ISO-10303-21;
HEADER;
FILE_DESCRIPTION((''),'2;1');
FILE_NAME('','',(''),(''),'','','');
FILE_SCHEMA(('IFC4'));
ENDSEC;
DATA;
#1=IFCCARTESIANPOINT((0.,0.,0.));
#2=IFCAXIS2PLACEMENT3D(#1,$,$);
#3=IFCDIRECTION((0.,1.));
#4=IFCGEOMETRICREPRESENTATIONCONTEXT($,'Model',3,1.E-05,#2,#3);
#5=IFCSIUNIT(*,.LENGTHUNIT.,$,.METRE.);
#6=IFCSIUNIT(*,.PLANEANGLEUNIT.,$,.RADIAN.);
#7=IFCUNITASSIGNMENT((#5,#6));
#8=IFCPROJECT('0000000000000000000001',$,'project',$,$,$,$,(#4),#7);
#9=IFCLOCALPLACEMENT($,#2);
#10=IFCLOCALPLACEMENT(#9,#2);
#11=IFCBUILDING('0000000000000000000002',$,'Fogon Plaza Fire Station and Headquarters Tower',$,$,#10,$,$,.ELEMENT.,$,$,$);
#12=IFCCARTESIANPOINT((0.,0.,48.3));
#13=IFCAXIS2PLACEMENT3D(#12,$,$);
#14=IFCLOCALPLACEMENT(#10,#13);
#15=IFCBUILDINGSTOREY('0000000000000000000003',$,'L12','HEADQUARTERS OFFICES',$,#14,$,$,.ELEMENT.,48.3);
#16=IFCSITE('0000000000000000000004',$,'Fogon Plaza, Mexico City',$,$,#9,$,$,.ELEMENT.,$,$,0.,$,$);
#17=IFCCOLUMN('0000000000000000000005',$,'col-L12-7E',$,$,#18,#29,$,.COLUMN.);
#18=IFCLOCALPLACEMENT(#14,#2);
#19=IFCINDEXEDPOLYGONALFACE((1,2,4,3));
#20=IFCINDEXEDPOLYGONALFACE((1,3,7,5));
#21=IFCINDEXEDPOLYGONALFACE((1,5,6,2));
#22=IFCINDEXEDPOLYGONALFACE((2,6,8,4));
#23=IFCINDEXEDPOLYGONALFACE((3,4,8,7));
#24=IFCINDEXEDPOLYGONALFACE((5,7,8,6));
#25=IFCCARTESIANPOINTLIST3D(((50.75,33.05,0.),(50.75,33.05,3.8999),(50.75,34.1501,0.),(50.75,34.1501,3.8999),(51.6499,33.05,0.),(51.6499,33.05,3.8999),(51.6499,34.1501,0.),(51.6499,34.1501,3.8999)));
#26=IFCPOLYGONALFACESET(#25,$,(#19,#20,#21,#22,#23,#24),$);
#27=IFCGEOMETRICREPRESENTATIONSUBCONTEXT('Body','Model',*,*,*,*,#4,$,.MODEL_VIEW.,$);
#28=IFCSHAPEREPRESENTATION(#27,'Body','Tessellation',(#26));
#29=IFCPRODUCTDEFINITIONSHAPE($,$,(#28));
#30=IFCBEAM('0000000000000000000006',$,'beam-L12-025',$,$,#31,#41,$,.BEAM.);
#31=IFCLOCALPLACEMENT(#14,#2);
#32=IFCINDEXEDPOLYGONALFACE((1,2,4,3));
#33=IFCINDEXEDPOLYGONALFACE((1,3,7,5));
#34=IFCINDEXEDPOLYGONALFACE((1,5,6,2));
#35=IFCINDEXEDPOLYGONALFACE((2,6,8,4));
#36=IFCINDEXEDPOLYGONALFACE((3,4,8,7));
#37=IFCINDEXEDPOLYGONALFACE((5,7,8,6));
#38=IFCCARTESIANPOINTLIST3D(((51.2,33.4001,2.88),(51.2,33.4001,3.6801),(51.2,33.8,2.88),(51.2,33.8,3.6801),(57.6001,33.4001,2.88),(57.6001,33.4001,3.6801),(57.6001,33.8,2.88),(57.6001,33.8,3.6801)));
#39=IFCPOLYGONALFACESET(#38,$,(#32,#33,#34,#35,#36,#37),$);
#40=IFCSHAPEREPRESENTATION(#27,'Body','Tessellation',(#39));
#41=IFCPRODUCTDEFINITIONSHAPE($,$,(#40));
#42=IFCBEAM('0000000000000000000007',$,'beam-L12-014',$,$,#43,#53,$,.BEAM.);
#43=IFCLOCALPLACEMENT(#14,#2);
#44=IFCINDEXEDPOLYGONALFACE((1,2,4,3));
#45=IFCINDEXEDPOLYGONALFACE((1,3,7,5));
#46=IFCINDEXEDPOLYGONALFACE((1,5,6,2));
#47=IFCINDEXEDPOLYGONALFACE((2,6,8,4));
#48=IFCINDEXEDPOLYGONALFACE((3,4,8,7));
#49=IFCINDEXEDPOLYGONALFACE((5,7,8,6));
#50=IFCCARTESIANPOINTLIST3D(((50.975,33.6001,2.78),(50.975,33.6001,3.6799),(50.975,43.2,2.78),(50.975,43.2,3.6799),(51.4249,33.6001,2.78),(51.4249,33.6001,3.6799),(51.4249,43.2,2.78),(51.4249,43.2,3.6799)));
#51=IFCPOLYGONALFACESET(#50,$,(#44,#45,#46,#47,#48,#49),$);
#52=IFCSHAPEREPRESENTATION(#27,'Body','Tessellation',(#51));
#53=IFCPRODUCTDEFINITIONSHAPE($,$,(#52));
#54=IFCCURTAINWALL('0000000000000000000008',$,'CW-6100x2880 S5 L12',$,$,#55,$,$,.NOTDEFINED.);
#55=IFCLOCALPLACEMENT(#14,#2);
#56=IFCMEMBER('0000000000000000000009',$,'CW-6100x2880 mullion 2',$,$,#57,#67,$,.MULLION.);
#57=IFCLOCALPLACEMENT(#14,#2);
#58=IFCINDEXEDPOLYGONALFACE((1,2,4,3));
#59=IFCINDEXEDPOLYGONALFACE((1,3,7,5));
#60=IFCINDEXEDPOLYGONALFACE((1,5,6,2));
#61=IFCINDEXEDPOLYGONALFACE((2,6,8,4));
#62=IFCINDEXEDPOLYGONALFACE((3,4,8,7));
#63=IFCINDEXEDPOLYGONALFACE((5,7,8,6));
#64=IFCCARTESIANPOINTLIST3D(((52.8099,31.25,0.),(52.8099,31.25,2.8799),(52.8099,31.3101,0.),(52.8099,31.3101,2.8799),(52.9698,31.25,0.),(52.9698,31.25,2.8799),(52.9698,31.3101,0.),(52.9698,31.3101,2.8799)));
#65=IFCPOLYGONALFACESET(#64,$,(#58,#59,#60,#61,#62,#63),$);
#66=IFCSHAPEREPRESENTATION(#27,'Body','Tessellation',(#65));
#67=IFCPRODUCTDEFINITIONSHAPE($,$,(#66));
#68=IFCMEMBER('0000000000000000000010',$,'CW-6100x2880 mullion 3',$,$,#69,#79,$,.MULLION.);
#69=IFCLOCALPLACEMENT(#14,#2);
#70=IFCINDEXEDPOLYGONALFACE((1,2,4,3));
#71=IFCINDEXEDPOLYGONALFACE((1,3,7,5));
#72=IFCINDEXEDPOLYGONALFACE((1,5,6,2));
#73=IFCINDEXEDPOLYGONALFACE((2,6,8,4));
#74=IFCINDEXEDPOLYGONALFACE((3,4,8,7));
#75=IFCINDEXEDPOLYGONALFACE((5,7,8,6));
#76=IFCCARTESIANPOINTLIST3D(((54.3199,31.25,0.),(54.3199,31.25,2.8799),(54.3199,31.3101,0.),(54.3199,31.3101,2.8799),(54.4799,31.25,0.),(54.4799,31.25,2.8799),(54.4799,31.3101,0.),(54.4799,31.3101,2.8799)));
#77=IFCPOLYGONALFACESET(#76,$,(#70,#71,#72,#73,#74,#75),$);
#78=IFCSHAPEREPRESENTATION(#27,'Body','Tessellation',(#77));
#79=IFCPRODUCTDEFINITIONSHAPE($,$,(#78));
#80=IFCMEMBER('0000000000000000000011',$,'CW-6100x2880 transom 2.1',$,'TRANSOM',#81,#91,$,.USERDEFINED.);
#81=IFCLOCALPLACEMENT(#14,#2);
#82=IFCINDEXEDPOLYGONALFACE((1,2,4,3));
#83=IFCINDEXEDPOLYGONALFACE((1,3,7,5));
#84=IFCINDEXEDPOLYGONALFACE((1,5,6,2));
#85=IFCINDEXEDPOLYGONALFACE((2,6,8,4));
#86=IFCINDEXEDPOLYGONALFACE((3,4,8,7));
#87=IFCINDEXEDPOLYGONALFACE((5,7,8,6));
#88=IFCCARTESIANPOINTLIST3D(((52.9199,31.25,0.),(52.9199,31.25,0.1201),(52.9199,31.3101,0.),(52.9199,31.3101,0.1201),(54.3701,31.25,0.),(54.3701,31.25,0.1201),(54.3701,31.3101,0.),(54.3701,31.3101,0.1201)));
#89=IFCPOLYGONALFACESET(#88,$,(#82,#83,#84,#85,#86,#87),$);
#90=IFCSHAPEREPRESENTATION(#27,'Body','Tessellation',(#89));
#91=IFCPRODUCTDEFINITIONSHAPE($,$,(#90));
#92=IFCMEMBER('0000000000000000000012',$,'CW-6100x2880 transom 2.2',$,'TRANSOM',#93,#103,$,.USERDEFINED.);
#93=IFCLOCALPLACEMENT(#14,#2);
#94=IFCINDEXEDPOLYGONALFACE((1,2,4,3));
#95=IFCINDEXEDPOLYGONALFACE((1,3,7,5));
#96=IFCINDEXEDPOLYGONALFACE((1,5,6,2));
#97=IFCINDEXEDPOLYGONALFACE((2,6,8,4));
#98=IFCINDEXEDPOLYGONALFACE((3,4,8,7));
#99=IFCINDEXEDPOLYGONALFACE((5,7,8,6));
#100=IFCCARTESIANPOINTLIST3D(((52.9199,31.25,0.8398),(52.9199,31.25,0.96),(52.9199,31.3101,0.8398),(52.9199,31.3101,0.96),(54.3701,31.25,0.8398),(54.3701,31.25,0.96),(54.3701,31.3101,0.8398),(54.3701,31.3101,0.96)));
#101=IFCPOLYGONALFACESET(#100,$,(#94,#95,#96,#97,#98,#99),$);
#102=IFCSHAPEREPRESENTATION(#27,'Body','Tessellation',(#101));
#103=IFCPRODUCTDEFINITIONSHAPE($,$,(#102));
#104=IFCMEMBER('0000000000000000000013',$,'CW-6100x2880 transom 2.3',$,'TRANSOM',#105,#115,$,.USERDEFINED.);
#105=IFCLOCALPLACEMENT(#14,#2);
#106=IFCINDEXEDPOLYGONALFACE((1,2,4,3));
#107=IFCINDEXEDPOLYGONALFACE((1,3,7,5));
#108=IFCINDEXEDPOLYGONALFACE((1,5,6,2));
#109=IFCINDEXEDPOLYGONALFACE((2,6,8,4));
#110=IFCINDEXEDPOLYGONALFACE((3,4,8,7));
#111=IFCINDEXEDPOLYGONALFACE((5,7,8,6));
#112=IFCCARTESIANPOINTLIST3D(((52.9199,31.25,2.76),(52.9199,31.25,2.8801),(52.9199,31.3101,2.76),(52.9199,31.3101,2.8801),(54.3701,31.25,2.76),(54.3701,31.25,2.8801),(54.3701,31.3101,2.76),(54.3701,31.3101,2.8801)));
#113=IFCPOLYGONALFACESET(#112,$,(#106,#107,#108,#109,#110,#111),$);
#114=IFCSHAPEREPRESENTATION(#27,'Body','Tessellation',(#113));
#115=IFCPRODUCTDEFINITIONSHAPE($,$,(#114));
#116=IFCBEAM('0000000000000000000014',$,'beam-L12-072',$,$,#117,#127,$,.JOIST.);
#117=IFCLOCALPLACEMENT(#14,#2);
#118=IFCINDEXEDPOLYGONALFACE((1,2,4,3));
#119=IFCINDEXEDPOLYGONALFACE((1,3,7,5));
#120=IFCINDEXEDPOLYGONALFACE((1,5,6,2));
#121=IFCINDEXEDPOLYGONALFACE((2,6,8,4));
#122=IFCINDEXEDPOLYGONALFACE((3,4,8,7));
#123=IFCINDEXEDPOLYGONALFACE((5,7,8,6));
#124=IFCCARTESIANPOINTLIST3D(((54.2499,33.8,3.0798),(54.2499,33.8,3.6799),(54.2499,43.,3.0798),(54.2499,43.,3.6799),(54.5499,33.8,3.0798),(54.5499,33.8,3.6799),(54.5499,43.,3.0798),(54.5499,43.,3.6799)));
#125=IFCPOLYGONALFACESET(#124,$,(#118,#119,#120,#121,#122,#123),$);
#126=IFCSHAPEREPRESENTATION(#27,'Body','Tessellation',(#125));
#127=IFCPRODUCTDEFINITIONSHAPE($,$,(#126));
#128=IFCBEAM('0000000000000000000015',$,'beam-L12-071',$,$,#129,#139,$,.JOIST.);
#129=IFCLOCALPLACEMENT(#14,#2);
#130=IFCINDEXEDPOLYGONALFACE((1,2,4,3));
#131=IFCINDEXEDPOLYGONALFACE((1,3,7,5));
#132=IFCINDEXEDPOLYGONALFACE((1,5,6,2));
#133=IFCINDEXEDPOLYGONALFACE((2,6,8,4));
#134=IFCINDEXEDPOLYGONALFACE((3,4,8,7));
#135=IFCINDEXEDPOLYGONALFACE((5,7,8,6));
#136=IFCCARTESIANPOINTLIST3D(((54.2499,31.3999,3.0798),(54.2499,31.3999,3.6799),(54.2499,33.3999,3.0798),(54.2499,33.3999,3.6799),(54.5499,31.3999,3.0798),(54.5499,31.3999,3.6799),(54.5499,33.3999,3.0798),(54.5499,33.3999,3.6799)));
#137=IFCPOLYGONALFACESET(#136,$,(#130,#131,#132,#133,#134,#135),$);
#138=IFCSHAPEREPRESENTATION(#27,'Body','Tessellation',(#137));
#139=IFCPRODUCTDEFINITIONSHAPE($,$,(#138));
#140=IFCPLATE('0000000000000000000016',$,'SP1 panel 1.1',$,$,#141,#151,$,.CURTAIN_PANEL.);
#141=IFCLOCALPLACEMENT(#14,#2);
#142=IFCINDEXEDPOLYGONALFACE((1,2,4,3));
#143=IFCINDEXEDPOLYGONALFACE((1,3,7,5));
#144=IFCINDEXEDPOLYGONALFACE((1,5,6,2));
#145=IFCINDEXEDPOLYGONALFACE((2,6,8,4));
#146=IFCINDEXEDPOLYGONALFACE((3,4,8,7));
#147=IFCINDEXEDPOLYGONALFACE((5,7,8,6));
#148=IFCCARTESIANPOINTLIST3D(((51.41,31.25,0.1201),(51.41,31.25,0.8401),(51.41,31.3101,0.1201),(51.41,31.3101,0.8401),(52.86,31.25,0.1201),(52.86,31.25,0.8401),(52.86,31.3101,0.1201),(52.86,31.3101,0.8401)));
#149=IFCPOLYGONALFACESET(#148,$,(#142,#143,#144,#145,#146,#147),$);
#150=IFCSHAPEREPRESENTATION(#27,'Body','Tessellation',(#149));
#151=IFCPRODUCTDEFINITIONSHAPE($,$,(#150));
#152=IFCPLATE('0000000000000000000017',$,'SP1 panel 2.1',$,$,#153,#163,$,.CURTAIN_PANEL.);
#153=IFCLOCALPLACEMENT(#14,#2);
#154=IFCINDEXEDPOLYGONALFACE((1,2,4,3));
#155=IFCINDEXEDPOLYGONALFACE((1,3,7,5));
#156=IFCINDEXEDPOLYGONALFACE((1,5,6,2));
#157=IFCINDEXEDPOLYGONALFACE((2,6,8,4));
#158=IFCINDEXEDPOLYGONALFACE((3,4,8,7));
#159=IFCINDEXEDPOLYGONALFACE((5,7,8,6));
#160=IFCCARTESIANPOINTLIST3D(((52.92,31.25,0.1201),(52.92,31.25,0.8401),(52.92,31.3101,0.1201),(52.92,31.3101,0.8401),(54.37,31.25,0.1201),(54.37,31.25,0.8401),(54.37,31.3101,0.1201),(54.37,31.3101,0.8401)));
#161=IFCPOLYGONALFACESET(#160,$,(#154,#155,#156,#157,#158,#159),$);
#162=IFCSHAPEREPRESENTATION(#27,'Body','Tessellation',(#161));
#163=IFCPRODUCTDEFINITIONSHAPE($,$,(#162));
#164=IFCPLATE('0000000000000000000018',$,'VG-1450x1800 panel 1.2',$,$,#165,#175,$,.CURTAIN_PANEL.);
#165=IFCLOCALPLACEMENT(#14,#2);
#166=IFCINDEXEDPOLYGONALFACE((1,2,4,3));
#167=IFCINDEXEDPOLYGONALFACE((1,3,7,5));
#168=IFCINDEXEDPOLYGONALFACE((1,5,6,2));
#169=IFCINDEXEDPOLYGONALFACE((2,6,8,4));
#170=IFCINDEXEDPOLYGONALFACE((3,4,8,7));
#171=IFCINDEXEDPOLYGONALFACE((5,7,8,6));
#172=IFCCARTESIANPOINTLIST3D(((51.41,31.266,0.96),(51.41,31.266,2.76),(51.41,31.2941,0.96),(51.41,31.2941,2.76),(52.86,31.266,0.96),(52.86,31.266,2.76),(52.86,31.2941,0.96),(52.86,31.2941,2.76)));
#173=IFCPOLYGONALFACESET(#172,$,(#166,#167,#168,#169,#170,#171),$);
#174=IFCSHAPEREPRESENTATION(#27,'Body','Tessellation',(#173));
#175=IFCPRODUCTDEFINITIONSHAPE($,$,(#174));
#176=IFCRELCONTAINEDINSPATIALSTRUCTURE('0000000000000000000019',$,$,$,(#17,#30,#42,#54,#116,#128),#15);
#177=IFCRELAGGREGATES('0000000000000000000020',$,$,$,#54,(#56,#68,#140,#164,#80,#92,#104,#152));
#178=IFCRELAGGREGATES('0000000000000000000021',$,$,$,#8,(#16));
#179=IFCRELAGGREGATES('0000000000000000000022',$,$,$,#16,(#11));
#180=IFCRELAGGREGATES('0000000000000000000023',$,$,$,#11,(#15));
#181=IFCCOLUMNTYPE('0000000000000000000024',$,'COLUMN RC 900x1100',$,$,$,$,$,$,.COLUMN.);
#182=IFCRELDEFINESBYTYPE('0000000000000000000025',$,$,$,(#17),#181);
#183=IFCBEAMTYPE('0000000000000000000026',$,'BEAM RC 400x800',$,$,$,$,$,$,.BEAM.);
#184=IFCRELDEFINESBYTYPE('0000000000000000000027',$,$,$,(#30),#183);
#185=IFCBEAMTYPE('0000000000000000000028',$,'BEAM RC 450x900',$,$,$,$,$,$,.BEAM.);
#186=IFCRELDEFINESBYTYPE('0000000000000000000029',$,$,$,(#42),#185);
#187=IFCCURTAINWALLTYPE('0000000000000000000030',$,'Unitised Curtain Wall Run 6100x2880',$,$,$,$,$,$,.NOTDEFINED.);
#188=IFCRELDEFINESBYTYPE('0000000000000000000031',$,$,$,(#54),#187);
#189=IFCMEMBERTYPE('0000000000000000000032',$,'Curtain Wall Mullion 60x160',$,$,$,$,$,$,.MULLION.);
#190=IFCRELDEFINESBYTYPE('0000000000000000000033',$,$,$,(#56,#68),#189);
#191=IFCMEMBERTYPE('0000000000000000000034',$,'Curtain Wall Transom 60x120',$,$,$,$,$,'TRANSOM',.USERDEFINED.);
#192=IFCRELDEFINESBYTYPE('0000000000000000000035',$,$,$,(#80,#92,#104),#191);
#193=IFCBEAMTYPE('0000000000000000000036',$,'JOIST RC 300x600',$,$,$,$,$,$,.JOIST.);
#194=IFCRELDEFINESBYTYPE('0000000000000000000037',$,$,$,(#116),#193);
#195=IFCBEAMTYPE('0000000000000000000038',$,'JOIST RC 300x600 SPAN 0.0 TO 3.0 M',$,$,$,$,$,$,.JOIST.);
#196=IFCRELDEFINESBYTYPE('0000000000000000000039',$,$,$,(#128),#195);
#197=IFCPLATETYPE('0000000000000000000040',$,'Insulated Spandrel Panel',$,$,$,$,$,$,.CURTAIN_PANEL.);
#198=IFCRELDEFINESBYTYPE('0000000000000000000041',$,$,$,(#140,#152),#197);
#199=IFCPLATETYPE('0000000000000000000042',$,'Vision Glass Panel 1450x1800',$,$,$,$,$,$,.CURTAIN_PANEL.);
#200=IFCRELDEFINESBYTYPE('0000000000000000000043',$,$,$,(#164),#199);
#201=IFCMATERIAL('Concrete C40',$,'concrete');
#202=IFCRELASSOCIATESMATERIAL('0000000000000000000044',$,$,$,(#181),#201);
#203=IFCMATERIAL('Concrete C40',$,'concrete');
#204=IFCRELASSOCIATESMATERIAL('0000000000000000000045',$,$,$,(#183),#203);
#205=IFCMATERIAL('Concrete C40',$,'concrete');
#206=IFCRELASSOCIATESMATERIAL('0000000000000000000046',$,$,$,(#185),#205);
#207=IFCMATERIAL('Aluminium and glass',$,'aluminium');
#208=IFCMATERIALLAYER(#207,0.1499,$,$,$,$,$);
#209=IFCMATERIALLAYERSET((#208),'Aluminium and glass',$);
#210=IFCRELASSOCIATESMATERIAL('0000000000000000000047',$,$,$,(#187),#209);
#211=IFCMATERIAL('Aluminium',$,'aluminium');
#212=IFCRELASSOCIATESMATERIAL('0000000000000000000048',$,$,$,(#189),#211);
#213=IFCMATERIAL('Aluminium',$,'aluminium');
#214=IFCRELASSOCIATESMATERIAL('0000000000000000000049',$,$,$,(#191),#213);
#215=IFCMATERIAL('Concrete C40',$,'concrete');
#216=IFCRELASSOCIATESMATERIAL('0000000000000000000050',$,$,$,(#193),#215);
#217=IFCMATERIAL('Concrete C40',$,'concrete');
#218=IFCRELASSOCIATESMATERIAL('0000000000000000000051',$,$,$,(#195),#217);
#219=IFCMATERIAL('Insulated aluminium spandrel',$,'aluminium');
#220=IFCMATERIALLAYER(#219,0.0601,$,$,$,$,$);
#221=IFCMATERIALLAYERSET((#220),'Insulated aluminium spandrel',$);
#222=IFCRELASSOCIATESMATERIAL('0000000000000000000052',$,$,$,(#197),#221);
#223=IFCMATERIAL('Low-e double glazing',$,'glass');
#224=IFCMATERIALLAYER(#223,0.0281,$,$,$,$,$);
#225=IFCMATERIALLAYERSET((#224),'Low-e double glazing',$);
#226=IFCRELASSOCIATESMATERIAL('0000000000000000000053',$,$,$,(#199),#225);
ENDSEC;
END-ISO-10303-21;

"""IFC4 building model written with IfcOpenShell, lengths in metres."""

from ifc_helpers import new_model, si_unit, direction, frame, origin, origin_2d, place, context, subcontext, project, spatial, rectangle, extrude, material, layer, layer_set, material_profile, profile_set, type_object, element, aggregate, save


model = new_model("IFC4")

# Units and contexts
model_context = context("Model", 3, precision=1e-05, world=origin(), true_north=direction((0.0, 1.0)))
body_context = subcontext(model_context, "Body", "Model", "MODEL_VIEW")
ifc_project = project(units=[si_unit("LENGTHUNIT", "METRE"), si_unit("PLANEANGLEUNIT", "RADIAN")], contexts=[model_context])

# Site, building, storey
site_placement = place(None, origin())
site = spatial("IfcSite", under=ifc_project, at=site_placement, Name="Fogon Plaza, Mexico City", CompositionType="ELEMENT", RefElevation=0.0)
building_placement = place(site_placement, origin())
building = spatial("IfcBuilding", under=site, at=building_placement, Name="Fogon Plaza Fire Station and Headquarters Tower", CompositionType="ELEMENT")
storey_placement = place(building_placement, frame((0.0, 0.0, 48.3)))
storey = spatial("IfcBuildingStorey", under=building, at=storey_placement, Name="L12", Description="HEADQUARTERS OFFICES", CompositionType="ELEMENT", Elevation=48.3)

# Column
ifc_material_1 = material(Name="Concrete C40", Category="concrete")
ifc_material_profile_1 = material_profile(ifc_material_1, rectangle(XDim=0.8999, YDim=1.1001, at=origin_2d()), Name="RC 900x1100")
ifc_profile_set_1 = profile_set([ifc_material_profile_1], Name="Concrete C40")
column_type = type_object("IfcColumnType", Name="COLUMN RC 900x1100", PredefinedType="COLUMN", material=ifc_profile_set_1)
column_placement = place(storey_placement, frame((51.2, 33.6001, 0.0), z_axis=(0.0, 0.0, 1.0), x_axis=(1.0, 0.0, 0.0)))
element("IfcColumn", 1, at=column_placement, inside=storey, type_object=column_type, Name="col-L12-7E", PredefinedType="COLUMN", context=body_context, shape_type="SweptSolid", body=[
    extrude(rectangle(XDim=0.8999, YDim=1.1001, at=origin_2d()), origin(), (0.0, 0.0, 1.0), 3.8999),
])

# Beams
ifc_material_2 = material(Name="Concrete C40", Category="concrete")
ifc_material_profile_2 = material_profile(ifc_material_2, rectangle(XDim=0.3999, YDim=0.8, at=origin_2d()), Name="RC 400x800")
ifc_profile_set_2 = profile_set([ifc_material_profile_2], Name="Concrete C40")
beam_type_1 = type_object("IfcBeamType", Name="BEAM RC 400x800", PredefinedType="BEAM", material=ifc_profile_set_2)
beam_1_placement = place(storey_placement, frame((51.2, 33.6001, 3.28), z_axis=(1.0, 0.0, 0.0), x_axis=(0.0, 1.0, 0.0)))
element("IfcBeam", 2, at=beam_1_placement, inside=storey, type_object=beam_type_1, Name="beam-L12-025", PredefinedType="BEAM", context=body_context, shape_type="SweptSolid", body=[
    extrude(rectangle(XDim=0.3999, YDim=0.8, at=origin_2d()), origin(), (0.0, 0.0, 1.0), 6.4001),
])
ifc_material_3 = material(Name="Concrete C40", Category="concrete")
ifc_material_profile_3 = material_profile(ifc_material_3, rectangle(XDim=0.45, YDim=0.8999, at=origin_2d()), Name="RC 450x900")
ifc_profile_set_3 = profile_set([ifc_material_profile_3], Name="Concrete C40")
beam_type_2 = type_object("IfcBeamType", Name="BEAM RC 450x900", PredefinedType="BEAM", material=ifc_profile_set_3)
beam_2_placement = place(storey_placement, frame((51.2, 33.6001, 3.23), z_axis=(0.0, 1.0, 0.0), x_axis=(-1.0, 0.0, 0.0)))
element("IfcBeam", 3, at=beam_2_placement, inside=storey, type_object=beam_type_2, Name="beam-L12-014", PredefinedType="BEAM", context=body_context, shape_type="SweptSolid", body=[
    extrude(rectangle(XDim=0.45, YDim=0.8999, at=origin_2d()), origin(), (0.0, 0.0, 1.0), 9.5999),
])

# Curtain wall, members
ifc_material_4 = material(Name="Aluminium and glass", Category="aluminium")
ifc_layer_1 = layer(ifc_material_4, 0.1499)
ifc_layer_set_1 = layer_set([ifc_layer_1], Name="Aluminium and glass")
curtain_wall_type = type_object("IfcCurtainWallType", Name="Unitised Curtain Wall Run 6100x2880", PredefinedType="NOTDEFINED", material=ifc_layer_set_1)
curtain_wall_placement = place(storey_placement, origin())
curtain_wall = element("IfcCurtainWall", 4, at=curtain_wall_placement, inside=storey, type_object=curtain_wall_type, Name="CW-6100x2880 S5 L12", PredefinedType="NOTDEFINED")
ifc_material_5 = material(Name="Aluminium", Category="aluminium")
ifc_material_profile_4 = material_profile(ifc_material_5, rectangle(XDim=0.0601, YDim=0.1599, at=origin_2d()), Name="Curtain Wall Mullion 60x160")
ifc_profile_set_4 = profile_set([ifc_material_profile_4], Name="Aluminium")
member_type_1 = type_object("IfcMemberType", Name="Curtain Wall Mullion 60x160", PredefinedType="MULLION", material=ifc_profile_set_4)
member_1_placement = place(storey_placement, frame((52.8899, 31.28, 0.0), z_axis=(0.0, 0.0, 1.0), x_axis=(0.0, 1.0, 0.0)))
member_1 = element("IfcMember", 5, at=member_1_placement, type_object=member_type_1, Name="CW-6100x2880 mullion 2", PredefinedType="MULLION", context=body_context, shape_type="SweptSolid", body=[
    extrude(rectangle(XDim=0.0601, YDim=0.1599, at=origin_2d()), origin(), (0.0, 0.0, 1.0), 2.8799),
])
member_2_placement = place(storey_placement, frame((54.3999, 31.28, 0.0), z_axis=(0.0, 0.0, 1.0), x_axis=(0.0, 1.0, 0.0)))
member_2 = element("IfcMember", 6, at=member_2_placement, type_object=member_type_1, Name="CW-6100x2880 mullion 3", PredefinedType="MULLION", context=body_context, shape_type="SweptSolid", body=[
    extrude(rectangle(XDim=0.0601, YDim=0.1599, at=origin_2d()), origin(), (0.0, 0.0, 1.0), 2.8799),
])
ifc_material_6 = material(Name="Aluminium", Category="aluminium")
ifc_material_profile_5 = material_profile(ifc_material_6, rectangle(XDim=0.0601, YDim=0.1201, at=origin_2d()), Name="Curtain Wall Transom 60x120")
ifc_profile_set_5 = profile_set([ifc_material_profile_5], Name="Aluminium")
member_type_2 = type_object("IfcMemberType", Name="Curtain Wall Transom 60x120", ElementType="TRANSOM", PredefinedType="USERDEFINED", material=ifc_profile_set_5)
member_3_placement = place(storey_placement, frame((52.9199, 31.28, 0.0601), z_axis=(1.0, 0.0, 0.0), x_axis=(0.0, 1.0, 0.0)))
member_3 = element("IfcMember", 7, at=member_3_placement, type_object=member_type_2, Name="CW-6100x2880 transom 2.1", ObjectType="TRANSOM", PredefinedType="USERDEFINED", context=body_context, shape_type="SweptSolid", body=[
    extrude(rectangle(XDim=0.0601, YDim=0.1201, at=origin_2d()), origin(), (0.0, 0.0, 1.0), 1.4502),
])
member_4_placement = place(storey_placement, frame((52.9199, 31.28, 0.8999), z_axis=(1.0, 0.0, 0.0), x_axis=(0.0, 1.0, 0.0)))
member_4 = element("IfcMember", 8, at=member_4_placement, type_object=member_type_2, Name="CW-6100x2880 transom 2.2", ObjectType="TRANSOM", PredefinedType="USERDEFINED", context=body_context, shape_type="SweptSolid", body=[
    extrude(rectangle(XDim=0.0601, YDim=0.1201, at=origin_2d()), origin(), (0.0, 0.0, 1.0), 1.4502),
])
member_5_placement = place(storey_placement, frame((52.9199, 31.28, 2.8201), z_axis=(1.0, 0.0, 0.0), x_axis=(0.0, 1.0, 0.0)))
member_5 = element("IfcMember", 9, at=member_5_placement, type_object=member_type_2, Name="CW-6100x2880 transom 2.3", ObjectType="TRANSOM", PredefinedType="USERDEFINED", context=body_context, shape_type="SweptSolid", body=[
    extrude(rectangle(XDim=0.0601, YDim=0.1201, at=origin_2d()), origin(), (0.0, 0.0, 1.0), 1.4502),
])

# Beams
ifc_material_7 = material(Name="Concrete C40", Category="concrete")
ifc_material_profile_6 = material_profile(ifc_material_7, rectangle(XDim=0.3, YDim=0.6001, at=origin_2d()), Name="RC 300x600")
ifc_profile_set_6 = profile_set([ifc_material_profile_6], Name="Concrete C40")
beam_type_3 = type_object("IfcBeamType", Name="JOIST RC 300x600", PredefinedType="JOIST", material=ifc_profile_set_6)
beam_3_placement = place(storey_placement, frame((54.3999, 33.8, 3.3799), z_axis=(0.0, 1.0, 0.0), x_axis=(-1.0, 0.0, 0.0)))
element("IfcBeam", 10, at=beam_3_placement, inside=storey, type_object=beam_type_3, Name="beam-L12-072", PredefinedType="JOIST", context=body_context, shape_type="SweptSolid", body=[
    extrude(rectangle(XDim=0.3, YDim=0.6001, at=origin_2d()), origin(), (0.0, 0.0, 1.0), 9.2),
])
ifc_material_8 = material(Name="Concrete C40", Category="concrete")
ifc_material_profile_7 = material_profile(ifc_material_8, rectangle(XDim=0.3, YDim=0.6001, at=origin_2d()), Name="RC 300x600")
ifc_profile_set_7 = profile_set([ifc_material_profile_7], Name="Concrete C40")
beam_type_4 = type_object("IfcBeamType", Name="JOIST RC 300x600 SPAN 0.0 TO 3.0 M", PredefinedType="JOIST", material=ifc_profile_set_7)
beam_4_placement = place(storey_placement, frame((54.3999, 31.3999, 3.3799), z_axis=(0.0, 1.0, 0.0), x_axis=(-1.0, 0.0, 0.0)))
element("IfcBeam", 11, at=beam_4_placement, inside=storey, type_object=beam_type_4, Name="beam-L12-071", PredefinedType="JOIST", context=body_context, shape_type="SweptSolid", body=[
    extrude(rectangle(XDim=0.3, YDim=0.6001, at=origin_2d()), origin(), (0.0, 0.0, 1.0), 2.0),
])

# Plates
ifc_material_9 = material(Name="Insulated aluminium spandrel", Category="aluminium")
ifc_layer_2 = layer(ifc_material_9, 0.0601)
ifc_layer_set_2 = layer_set([ifc_layer_2], Name="Insulated aluminium spandrel")
plate_type_1 = type_object("IfcPlateType", Name="Insulated Spandrel Panel", PredefinedType="CURTAIN_PANEL", material=ifc_layer_set_2)
plate_1_placement = place(storey_placement, frame((52.135, 31.28, 0.1201), z_axis=(0.0, 0.0, 1.0), x_axis=(1.0, 0.0, 0.0)))
plate_1 = element("IfcPlate", 12, at=plate_1_placement, type_object=plate_type_1, Name="SP1 panel 1.1", PredefinedType="CURTAIN_PANEL", context=body_context, shape_type="SweptSolid", body=[
    extrude(rectangle(XDim=1.45, YDim=0.0601, at=origin_2d()), origin(), (0.0, 0.0, 1.0), 0.72),
])
plate_2_placement = place(storey_placement, frame((53.645, 31.28, 0.1201), z_axis=(0.0, 0.0, 1.0), x_axis=(1.0, 0.0, 0.0)))
plate_2 = element("IfcPlate", 13, at=plate_2_placement, type_object=plate_type_1, Name="SP1 panel 2.1", PredefinedType="CURTAIN_PANEL", context=body_context, shape_type="SweptSolid", body=[
    extrude(rectangle(XDim=1.45, YDim=0.0601, at=origin_2d()), origin(), (0.0, 0.0, 1.0), 0.72),
])
ifc_material_10 = material(Name="Low-e double glazing", Category="glass")
ifc_layer_3 = layer(ifc_material_10, 0.0281)
ifc_layer_set_3 = layer_set([ifc_layer_3], Name="Low-e double glazing")
plate_type_2 = type_object("IfcPlateType", Name="Vision Glass Panel 1450x1800", PredefinedType="CURTAIN_PANEL", material=ifc_layer_set_3)
plate_3_placement = place(storey_placement, frame((52.135, 31.28, 0.96), z_axis=(0.0, 0.0, 1.0), x_axis=(1.0, 0.0, 0.0)))
plate_3 = element("IfcPlate", 14, at=plate_3_placement, type_object=plate_type_2, Name="VG-1450x1800 panel 1.2", PredefinedType="CURTAIN_PANEL", context=body_context, shape_type="SweptSolid", body=[
    extrude(rectangle(XDim=1.45, YDim=0.0281, at=origin_2d()), origin(), (0.0, 0.0, 1.0), 1.8),
])
aggregate(curtain_wall, [member_1, member_2, plate_1, plate_3, member_3, member_4, member_5, plate_2])

save(model, "model.ifc")
